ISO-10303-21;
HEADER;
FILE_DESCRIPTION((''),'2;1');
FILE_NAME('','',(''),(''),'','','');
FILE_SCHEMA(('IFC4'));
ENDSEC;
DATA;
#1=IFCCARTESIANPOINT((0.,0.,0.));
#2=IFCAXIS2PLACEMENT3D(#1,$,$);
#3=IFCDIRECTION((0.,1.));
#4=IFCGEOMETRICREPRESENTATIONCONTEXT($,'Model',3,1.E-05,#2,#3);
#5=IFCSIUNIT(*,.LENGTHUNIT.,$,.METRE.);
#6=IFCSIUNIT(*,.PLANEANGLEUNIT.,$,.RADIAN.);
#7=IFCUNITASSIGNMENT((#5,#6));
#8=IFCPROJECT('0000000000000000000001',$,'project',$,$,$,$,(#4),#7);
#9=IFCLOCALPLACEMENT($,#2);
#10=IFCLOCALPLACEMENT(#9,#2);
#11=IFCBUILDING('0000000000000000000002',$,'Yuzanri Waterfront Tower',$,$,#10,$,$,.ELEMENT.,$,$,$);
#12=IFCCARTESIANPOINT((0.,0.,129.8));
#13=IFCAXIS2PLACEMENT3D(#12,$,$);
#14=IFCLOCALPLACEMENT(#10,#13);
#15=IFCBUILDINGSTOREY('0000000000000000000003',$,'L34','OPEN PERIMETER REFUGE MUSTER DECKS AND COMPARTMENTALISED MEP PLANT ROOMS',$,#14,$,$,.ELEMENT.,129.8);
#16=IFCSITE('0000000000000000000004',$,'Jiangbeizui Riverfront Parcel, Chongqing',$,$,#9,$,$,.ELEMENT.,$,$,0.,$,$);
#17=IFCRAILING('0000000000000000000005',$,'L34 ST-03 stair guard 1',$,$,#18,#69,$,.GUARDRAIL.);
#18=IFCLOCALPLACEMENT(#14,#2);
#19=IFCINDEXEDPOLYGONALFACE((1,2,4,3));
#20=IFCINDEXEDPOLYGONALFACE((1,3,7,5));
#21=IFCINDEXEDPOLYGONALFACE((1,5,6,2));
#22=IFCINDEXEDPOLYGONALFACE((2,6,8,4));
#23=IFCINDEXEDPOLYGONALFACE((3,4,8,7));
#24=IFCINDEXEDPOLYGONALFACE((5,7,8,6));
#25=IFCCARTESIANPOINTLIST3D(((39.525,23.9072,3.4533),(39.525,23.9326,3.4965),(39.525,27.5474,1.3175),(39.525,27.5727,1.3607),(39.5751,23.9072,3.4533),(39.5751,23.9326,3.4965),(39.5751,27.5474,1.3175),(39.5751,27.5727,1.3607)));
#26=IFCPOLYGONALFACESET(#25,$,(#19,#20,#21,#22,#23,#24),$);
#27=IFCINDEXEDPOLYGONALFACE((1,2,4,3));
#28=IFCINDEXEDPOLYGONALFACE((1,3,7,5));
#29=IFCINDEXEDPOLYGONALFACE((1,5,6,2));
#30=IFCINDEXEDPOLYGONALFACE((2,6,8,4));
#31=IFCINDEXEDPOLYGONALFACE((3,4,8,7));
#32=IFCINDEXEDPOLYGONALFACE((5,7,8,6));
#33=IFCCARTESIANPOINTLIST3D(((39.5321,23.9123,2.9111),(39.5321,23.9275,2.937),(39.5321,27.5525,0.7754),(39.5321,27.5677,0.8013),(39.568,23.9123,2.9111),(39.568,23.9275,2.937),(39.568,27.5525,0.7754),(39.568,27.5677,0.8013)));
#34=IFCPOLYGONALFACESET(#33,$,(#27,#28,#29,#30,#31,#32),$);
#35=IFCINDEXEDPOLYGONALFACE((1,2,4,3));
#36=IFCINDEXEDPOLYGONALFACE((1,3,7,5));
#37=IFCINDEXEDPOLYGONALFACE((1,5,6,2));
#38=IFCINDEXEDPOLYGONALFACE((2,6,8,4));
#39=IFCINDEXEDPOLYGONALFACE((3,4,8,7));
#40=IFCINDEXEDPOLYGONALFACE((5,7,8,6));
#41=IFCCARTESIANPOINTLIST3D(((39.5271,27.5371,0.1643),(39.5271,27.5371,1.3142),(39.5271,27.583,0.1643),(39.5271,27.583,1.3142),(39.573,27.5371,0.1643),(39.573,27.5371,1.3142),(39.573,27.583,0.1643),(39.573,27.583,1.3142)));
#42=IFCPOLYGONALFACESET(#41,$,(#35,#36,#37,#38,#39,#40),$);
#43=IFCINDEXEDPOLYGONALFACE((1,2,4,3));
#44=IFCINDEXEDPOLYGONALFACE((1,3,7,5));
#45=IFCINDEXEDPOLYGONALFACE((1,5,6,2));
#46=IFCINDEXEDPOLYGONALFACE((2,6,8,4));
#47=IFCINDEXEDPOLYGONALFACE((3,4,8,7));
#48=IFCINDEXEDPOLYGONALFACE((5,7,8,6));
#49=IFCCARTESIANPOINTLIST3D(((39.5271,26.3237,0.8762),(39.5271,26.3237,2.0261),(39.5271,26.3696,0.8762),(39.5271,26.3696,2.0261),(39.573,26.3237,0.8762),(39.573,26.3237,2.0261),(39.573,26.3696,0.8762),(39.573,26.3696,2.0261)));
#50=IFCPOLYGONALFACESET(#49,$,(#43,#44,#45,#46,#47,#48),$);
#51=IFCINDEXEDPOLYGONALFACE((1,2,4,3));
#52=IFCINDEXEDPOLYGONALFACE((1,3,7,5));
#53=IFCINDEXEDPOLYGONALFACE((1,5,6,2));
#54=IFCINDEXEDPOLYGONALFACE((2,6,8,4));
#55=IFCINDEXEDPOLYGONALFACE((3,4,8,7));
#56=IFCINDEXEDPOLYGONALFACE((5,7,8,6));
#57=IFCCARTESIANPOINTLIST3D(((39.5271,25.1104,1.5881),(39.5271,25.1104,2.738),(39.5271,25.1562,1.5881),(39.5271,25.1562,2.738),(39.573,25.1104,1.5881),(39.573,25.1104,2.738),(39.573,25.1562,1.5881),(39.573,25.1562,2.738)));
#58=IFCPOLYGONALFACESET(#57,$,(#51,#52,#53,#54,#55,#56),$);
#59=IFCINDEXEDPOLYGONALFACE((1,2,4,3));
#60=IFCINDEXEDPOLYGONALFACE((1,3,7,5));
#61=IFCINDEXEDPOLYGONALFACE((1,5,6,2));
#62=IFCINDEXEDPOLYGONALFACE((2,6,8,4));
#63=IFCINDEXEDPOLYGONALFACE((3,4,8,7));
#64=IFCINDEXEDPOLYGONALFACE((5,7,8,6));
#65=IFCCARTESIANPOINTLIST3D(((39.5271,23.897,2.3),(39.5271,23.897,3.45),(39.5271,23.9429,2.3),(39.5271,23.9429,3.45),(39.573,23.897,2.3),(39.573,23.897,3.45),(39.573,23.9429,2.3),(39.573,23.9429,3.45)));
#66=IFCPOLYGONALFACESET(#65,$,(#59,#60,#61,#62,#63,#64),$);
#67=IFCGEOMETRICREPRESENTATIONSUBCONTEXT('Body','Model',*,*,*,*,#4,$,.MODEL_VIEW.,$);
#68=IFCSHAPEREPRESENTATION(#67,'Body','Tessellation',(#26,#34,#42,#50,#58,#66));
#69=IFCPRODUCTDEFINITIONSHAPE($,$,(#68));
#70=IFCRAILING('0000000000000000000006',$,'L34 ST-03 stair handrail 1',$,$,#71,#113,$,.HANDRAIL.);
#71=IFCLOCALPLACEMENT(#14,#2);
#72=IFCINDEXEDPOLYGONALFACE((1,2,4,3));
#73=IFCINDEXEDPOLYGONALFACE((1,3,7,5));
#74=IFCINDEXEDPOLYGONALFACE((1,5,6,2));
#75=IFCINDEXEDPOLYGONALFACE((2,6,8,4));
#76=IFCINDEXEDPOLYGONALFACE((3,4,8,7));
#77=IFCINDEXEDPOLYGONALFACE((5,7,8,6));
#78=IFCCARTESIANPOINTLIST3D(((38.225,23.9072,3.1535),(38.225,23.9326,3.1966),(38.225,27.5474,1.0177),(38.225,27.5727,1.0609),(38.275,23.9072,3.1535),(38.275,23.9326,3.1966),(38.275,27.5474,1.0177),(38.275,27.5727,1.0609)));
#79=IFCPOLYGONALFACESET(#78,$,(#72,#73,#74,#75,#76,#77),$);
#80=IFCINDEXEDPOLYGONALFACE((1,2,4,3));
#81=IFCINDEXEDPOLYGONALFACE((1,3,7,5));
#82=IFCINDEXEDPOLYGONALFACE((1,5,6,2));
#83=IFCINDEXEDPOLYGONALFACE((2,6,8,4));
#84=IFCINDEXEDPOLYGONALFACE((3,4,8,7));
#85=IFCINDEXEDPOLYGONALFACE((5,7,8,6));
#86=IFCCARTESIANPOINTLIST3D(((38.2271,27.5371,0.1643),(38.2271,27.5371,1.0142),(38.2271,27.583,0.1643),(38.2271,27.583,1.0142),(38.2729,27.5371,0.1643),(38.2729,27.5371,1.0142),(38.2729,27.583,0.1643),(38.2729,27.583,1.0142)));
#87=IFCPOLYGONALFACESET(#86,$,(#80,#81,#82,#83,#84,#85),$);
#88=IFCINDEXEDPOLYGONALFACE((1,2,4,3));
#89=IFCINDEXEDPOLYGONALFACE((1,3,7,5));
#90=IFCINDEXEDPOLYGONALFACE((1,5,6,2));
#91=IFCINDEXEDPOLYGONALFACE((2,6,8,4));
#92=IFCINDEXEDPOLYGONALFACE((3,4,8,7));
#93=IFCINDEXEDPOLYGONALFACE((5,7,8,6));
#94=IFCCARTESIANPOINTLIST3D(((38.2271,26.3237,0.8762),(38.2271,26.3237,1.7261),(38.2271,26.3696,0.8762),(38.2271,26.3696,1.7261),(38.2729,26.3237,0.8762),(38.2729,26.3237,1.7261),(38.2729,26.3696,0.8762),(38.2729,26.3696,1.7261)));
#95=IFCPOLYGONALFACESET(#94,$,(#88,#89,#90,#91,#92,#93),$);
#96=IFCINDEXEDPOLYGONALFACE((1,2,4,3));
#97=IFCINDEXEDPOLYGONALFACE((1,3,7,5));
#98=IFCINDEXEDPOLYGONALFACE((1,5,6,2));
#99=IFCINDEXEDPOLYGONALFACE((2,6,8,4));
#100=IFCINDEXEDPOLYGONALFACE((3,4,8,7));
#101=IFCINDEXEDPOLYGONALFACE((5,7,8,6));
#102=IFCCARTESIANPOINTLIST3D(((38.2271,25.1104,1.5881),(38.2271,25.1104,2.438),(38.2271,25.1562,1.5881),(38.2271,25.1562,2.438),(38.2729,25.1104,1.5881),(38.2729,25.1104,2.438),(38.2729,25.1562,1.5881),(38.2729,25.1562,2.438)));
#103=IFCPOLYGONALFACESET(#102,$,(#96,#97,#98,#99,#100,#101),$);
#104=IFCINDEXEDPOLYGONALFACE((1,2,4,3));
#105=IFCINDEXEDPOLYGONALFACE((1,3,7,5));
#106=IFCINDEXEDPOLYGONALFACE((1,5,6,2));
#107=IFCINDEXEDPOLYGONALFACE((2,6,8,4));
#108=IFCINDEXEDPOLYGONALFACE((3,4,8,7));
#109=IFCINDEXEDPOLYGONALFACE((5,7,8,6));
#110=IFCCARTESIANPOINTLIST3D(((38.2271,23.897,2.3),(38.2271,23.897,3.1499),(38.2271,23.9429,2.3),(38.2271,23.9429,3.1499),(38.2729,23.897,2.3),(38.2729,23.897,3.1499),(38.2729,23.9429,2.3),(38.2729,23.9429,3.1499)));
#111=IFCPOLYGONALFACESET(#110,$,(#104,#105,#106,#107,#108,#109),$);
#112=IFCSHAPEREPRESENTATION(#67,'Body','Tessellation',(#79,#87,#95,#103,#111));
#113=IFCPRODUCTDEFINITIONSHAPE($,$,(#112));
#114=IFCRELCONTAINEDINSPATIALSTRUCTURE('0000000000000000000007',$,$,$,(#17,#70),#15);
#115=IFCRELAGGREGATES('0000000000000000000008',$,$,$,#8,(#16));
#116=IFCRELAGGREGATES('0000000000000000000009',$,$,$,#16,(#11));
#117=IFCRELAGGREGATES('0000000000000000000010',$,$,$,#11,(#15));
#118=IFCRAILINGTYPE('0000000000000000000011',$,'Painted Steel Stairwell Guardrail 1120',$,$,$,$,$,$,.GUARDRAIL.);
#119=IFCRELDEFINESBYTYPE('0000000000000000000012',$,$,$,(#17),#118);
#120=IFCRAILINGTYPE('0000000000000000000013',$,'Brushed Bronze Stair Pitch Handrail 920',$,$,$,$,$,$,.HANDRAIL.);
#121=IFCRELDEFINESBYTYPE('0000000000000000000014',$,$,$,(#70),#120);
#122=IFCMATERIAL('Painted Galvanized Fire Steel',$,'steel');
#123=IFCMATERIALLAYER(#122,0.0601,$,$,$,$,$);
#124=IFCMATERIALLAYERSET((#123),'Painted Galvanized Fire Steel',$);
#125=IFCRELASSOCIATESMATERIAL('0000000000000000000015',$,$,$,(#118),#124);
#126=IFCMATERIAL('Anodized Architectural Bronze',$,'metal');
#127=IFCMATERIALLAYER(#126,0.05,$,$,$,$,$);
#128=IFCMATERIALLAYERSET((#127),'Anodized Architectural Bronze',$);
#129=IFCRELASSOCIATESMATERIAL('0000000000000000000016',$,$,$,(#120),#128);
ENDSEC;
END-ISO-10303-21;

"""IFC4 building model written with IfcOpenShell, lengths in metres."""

from ifc_helpers import new_model, si_unit, direction, frame, origin, origin_2d, place, context, subcontext, project, spatial, rectangle, extrude, source, transform, mapped, material, layer, layer_set, type_object, element, save


model = new_model("IFC4")

# Units and contexts
model_context = context("Model", 3, precision=1e-05, world=origin(), true_north=direction((0.0, 1.0)))
body_context = subcontext(model_context, "Body", "Model", "MODEL_VIEW")
ifc_project = project(units=[si_unit("LENGTHUNIT", "METRE"), si_unit("PLANEANGLEUNIT", "RADIAN")], contexts=[model_context])

# Site, building, storey
site_placement = place(None, origin())
site = spatial("IfcSite", under=ifc_project, at=site_placement, Name="Jiangbeizui Riverfront Parcel, Chongqing", CompositionType="ELEMENT", RefElevation=0.0)
building_placement = place(site_placement, origin())
building = spatial("IfcBuilding", under=site, at=building_placement, Name="Yuzanri Waterfront Tower", CompositionType="ELEMENT")
storey_placement = place(building_placement, frame((0.0, 0.0, 129.8)))
storey = spatial("IfcBuildingStorey", under=building, at=storey_placement, Name="L34", Description="OPEN PERIMETER REFUGE MUSTER DECKS AND COMPARTMENTALISED MEP PLANT ROOMS", CompositionType="ELEMENT", Elevation=129.8)

# Railings
ifc_material_1 = material(Name="Painted Galvanized Fire Steel", Category="steel")
ifc_layer_1 = layer(ifc_material_1, 0.0601)
ifc_layer_set_1 = layer_set([ifc_layer_1], Name="Painted Galvanized Fire Steel")
railing_type_1 = type_object("IfcRailingType", Name="Painted Steel Stairwell Guardrail 1120", PredefinedType="GUARDRAIL", material=ifc_layer_set_1)
ifc_material_2 = material(Name="Anodized Architectural Bronze", Category="metal")
ifc_layer_2 = layer(ifc_material_2, 0.05)
ifc_layer_set_2 = layer_set([ifc_layer_2], Name="Anodized Architectural Bronze")
railing_type_2 = type_object("IfcRailingType", Name="Brushed Bronze Stair Pitch Handrail 920", PredefinedType="HANDRAIL", material=ifc_layer_set_2)
shared_shape_1 = source(origin(), body_context, "Body", "SweptSolid", [
    extrude(rectangle(XDim=0.05, YDim=0.05, at=origin_2d()), frame((0.0, 0.0, 1.1748), z_axis=(0.0, -0.862505, 0.506049), x_axis=(1.0, 0.0, 0.0)), (0.0, 0.0, 1.0), 4.2205),
    extrude(rectangle(XDim=0.0359, YDim=0.03, at=origin_2d()), frame((0.0, 0.0, 0.624), z_axis=(0.0, -0.862505, 0.506049), x_axis=(1.0, 0.0, 0.0)), (0.0, 0.0, 1.0), 4.2205),
    extrude(rectangle(XDim=0.0459, YDim=0.0459, at=origin_2d()), origin(), (0.0, 0.0, 1.0), 1.1499),
    extrude(rectangle(XDim=0.0459, YDim=0.0459, at=origin_2d()), frame((0.0, -1.2134, 0.7119)), (0.0, 0.0, 1.0), 1.1499),
    extrude(rectangle(XDim=0.0459, YDim=0.0459, at=origin_2d()), frame((0.0, -2.4268, 1.4238)), (0.0, 0.0, 1.0), 1.1499),
    extrude(rectangle(XDim=0.0459, YDim=0.0459, at=origin_2d()), frame((0.0, -3.6401, 2.1357)), (0.0, 0.0, 1.0), 1.1499),
])
railing_1_placement = place(storey_placement, frame((39.55, 27.5601, 0.1643)))
element("IfcRailing", 1, at=railing_1_placement, inside=storey, type_object=railing_type_1, Name="L34 ST-03 stair guard 1", PredefinedType="GUARDRAIL", context=body_context, shape_type="MappedRepresentation", body=[
    mapped(shared_shape_1, transform((0.0, 0.0, 0.0), scale=1.0)),
])
shared_shape_2 = source(origin(), body_context, "Body", "SweptSolid", [
    extrude(rectangle(XDim=0.05, YDim=0.05, at=origin_2d()), frame((0.0, 0.0, 0.875), z_axis=(0.0, -0.862505, 0.506049), x_axis=(1.0, 0.0, 0.0)), (0.0, 0.0, 1.0), 4.2205),
    extrude(rectangle(XDim=0.0459, YDim=0.0459, at=origin_2d()), origin(), (0.0, 0.0, 1.0), 0.8499),
    extrude(rectangle(XDim=0.0459, YDim=0.0459, at=origin_2d()), frame((0.0, -1.2134, 0.7119)), (0.0, 0.0, 1.0), 0.8499),
    extrude(rectangle(XDim=0.0459, YDim=0.0459, at=origin_2d()), frame((0.0, -2.4268, 1.4238)), (0.0, 0.0, 1.0), 0.8499),
    extrude(rectangle(XDim=0.0459, YDim=0.0459, at=origin_2d()), frame((0.0, -3.6401, 2.1357)), (0.0, 0.0, 1.0), 0.8499),
])
railing_2_placement = place(storey_placement, frame((38.25, 27.5601, 0.1643)))
element("IfcRailing", 2, at=railing_2_placement, inside=storey, type_object=railing_type_2, Name="L34 ST-03 stair handrail 1", PredefinedType="HANDRAIL", context=body_context, shape_type="MappedRepresentation", body=[
    mapped(shared_shape_2, transform((0.0, 0.0, 0.0), scale=1.0)),
])

save(model, "model.ifc")
